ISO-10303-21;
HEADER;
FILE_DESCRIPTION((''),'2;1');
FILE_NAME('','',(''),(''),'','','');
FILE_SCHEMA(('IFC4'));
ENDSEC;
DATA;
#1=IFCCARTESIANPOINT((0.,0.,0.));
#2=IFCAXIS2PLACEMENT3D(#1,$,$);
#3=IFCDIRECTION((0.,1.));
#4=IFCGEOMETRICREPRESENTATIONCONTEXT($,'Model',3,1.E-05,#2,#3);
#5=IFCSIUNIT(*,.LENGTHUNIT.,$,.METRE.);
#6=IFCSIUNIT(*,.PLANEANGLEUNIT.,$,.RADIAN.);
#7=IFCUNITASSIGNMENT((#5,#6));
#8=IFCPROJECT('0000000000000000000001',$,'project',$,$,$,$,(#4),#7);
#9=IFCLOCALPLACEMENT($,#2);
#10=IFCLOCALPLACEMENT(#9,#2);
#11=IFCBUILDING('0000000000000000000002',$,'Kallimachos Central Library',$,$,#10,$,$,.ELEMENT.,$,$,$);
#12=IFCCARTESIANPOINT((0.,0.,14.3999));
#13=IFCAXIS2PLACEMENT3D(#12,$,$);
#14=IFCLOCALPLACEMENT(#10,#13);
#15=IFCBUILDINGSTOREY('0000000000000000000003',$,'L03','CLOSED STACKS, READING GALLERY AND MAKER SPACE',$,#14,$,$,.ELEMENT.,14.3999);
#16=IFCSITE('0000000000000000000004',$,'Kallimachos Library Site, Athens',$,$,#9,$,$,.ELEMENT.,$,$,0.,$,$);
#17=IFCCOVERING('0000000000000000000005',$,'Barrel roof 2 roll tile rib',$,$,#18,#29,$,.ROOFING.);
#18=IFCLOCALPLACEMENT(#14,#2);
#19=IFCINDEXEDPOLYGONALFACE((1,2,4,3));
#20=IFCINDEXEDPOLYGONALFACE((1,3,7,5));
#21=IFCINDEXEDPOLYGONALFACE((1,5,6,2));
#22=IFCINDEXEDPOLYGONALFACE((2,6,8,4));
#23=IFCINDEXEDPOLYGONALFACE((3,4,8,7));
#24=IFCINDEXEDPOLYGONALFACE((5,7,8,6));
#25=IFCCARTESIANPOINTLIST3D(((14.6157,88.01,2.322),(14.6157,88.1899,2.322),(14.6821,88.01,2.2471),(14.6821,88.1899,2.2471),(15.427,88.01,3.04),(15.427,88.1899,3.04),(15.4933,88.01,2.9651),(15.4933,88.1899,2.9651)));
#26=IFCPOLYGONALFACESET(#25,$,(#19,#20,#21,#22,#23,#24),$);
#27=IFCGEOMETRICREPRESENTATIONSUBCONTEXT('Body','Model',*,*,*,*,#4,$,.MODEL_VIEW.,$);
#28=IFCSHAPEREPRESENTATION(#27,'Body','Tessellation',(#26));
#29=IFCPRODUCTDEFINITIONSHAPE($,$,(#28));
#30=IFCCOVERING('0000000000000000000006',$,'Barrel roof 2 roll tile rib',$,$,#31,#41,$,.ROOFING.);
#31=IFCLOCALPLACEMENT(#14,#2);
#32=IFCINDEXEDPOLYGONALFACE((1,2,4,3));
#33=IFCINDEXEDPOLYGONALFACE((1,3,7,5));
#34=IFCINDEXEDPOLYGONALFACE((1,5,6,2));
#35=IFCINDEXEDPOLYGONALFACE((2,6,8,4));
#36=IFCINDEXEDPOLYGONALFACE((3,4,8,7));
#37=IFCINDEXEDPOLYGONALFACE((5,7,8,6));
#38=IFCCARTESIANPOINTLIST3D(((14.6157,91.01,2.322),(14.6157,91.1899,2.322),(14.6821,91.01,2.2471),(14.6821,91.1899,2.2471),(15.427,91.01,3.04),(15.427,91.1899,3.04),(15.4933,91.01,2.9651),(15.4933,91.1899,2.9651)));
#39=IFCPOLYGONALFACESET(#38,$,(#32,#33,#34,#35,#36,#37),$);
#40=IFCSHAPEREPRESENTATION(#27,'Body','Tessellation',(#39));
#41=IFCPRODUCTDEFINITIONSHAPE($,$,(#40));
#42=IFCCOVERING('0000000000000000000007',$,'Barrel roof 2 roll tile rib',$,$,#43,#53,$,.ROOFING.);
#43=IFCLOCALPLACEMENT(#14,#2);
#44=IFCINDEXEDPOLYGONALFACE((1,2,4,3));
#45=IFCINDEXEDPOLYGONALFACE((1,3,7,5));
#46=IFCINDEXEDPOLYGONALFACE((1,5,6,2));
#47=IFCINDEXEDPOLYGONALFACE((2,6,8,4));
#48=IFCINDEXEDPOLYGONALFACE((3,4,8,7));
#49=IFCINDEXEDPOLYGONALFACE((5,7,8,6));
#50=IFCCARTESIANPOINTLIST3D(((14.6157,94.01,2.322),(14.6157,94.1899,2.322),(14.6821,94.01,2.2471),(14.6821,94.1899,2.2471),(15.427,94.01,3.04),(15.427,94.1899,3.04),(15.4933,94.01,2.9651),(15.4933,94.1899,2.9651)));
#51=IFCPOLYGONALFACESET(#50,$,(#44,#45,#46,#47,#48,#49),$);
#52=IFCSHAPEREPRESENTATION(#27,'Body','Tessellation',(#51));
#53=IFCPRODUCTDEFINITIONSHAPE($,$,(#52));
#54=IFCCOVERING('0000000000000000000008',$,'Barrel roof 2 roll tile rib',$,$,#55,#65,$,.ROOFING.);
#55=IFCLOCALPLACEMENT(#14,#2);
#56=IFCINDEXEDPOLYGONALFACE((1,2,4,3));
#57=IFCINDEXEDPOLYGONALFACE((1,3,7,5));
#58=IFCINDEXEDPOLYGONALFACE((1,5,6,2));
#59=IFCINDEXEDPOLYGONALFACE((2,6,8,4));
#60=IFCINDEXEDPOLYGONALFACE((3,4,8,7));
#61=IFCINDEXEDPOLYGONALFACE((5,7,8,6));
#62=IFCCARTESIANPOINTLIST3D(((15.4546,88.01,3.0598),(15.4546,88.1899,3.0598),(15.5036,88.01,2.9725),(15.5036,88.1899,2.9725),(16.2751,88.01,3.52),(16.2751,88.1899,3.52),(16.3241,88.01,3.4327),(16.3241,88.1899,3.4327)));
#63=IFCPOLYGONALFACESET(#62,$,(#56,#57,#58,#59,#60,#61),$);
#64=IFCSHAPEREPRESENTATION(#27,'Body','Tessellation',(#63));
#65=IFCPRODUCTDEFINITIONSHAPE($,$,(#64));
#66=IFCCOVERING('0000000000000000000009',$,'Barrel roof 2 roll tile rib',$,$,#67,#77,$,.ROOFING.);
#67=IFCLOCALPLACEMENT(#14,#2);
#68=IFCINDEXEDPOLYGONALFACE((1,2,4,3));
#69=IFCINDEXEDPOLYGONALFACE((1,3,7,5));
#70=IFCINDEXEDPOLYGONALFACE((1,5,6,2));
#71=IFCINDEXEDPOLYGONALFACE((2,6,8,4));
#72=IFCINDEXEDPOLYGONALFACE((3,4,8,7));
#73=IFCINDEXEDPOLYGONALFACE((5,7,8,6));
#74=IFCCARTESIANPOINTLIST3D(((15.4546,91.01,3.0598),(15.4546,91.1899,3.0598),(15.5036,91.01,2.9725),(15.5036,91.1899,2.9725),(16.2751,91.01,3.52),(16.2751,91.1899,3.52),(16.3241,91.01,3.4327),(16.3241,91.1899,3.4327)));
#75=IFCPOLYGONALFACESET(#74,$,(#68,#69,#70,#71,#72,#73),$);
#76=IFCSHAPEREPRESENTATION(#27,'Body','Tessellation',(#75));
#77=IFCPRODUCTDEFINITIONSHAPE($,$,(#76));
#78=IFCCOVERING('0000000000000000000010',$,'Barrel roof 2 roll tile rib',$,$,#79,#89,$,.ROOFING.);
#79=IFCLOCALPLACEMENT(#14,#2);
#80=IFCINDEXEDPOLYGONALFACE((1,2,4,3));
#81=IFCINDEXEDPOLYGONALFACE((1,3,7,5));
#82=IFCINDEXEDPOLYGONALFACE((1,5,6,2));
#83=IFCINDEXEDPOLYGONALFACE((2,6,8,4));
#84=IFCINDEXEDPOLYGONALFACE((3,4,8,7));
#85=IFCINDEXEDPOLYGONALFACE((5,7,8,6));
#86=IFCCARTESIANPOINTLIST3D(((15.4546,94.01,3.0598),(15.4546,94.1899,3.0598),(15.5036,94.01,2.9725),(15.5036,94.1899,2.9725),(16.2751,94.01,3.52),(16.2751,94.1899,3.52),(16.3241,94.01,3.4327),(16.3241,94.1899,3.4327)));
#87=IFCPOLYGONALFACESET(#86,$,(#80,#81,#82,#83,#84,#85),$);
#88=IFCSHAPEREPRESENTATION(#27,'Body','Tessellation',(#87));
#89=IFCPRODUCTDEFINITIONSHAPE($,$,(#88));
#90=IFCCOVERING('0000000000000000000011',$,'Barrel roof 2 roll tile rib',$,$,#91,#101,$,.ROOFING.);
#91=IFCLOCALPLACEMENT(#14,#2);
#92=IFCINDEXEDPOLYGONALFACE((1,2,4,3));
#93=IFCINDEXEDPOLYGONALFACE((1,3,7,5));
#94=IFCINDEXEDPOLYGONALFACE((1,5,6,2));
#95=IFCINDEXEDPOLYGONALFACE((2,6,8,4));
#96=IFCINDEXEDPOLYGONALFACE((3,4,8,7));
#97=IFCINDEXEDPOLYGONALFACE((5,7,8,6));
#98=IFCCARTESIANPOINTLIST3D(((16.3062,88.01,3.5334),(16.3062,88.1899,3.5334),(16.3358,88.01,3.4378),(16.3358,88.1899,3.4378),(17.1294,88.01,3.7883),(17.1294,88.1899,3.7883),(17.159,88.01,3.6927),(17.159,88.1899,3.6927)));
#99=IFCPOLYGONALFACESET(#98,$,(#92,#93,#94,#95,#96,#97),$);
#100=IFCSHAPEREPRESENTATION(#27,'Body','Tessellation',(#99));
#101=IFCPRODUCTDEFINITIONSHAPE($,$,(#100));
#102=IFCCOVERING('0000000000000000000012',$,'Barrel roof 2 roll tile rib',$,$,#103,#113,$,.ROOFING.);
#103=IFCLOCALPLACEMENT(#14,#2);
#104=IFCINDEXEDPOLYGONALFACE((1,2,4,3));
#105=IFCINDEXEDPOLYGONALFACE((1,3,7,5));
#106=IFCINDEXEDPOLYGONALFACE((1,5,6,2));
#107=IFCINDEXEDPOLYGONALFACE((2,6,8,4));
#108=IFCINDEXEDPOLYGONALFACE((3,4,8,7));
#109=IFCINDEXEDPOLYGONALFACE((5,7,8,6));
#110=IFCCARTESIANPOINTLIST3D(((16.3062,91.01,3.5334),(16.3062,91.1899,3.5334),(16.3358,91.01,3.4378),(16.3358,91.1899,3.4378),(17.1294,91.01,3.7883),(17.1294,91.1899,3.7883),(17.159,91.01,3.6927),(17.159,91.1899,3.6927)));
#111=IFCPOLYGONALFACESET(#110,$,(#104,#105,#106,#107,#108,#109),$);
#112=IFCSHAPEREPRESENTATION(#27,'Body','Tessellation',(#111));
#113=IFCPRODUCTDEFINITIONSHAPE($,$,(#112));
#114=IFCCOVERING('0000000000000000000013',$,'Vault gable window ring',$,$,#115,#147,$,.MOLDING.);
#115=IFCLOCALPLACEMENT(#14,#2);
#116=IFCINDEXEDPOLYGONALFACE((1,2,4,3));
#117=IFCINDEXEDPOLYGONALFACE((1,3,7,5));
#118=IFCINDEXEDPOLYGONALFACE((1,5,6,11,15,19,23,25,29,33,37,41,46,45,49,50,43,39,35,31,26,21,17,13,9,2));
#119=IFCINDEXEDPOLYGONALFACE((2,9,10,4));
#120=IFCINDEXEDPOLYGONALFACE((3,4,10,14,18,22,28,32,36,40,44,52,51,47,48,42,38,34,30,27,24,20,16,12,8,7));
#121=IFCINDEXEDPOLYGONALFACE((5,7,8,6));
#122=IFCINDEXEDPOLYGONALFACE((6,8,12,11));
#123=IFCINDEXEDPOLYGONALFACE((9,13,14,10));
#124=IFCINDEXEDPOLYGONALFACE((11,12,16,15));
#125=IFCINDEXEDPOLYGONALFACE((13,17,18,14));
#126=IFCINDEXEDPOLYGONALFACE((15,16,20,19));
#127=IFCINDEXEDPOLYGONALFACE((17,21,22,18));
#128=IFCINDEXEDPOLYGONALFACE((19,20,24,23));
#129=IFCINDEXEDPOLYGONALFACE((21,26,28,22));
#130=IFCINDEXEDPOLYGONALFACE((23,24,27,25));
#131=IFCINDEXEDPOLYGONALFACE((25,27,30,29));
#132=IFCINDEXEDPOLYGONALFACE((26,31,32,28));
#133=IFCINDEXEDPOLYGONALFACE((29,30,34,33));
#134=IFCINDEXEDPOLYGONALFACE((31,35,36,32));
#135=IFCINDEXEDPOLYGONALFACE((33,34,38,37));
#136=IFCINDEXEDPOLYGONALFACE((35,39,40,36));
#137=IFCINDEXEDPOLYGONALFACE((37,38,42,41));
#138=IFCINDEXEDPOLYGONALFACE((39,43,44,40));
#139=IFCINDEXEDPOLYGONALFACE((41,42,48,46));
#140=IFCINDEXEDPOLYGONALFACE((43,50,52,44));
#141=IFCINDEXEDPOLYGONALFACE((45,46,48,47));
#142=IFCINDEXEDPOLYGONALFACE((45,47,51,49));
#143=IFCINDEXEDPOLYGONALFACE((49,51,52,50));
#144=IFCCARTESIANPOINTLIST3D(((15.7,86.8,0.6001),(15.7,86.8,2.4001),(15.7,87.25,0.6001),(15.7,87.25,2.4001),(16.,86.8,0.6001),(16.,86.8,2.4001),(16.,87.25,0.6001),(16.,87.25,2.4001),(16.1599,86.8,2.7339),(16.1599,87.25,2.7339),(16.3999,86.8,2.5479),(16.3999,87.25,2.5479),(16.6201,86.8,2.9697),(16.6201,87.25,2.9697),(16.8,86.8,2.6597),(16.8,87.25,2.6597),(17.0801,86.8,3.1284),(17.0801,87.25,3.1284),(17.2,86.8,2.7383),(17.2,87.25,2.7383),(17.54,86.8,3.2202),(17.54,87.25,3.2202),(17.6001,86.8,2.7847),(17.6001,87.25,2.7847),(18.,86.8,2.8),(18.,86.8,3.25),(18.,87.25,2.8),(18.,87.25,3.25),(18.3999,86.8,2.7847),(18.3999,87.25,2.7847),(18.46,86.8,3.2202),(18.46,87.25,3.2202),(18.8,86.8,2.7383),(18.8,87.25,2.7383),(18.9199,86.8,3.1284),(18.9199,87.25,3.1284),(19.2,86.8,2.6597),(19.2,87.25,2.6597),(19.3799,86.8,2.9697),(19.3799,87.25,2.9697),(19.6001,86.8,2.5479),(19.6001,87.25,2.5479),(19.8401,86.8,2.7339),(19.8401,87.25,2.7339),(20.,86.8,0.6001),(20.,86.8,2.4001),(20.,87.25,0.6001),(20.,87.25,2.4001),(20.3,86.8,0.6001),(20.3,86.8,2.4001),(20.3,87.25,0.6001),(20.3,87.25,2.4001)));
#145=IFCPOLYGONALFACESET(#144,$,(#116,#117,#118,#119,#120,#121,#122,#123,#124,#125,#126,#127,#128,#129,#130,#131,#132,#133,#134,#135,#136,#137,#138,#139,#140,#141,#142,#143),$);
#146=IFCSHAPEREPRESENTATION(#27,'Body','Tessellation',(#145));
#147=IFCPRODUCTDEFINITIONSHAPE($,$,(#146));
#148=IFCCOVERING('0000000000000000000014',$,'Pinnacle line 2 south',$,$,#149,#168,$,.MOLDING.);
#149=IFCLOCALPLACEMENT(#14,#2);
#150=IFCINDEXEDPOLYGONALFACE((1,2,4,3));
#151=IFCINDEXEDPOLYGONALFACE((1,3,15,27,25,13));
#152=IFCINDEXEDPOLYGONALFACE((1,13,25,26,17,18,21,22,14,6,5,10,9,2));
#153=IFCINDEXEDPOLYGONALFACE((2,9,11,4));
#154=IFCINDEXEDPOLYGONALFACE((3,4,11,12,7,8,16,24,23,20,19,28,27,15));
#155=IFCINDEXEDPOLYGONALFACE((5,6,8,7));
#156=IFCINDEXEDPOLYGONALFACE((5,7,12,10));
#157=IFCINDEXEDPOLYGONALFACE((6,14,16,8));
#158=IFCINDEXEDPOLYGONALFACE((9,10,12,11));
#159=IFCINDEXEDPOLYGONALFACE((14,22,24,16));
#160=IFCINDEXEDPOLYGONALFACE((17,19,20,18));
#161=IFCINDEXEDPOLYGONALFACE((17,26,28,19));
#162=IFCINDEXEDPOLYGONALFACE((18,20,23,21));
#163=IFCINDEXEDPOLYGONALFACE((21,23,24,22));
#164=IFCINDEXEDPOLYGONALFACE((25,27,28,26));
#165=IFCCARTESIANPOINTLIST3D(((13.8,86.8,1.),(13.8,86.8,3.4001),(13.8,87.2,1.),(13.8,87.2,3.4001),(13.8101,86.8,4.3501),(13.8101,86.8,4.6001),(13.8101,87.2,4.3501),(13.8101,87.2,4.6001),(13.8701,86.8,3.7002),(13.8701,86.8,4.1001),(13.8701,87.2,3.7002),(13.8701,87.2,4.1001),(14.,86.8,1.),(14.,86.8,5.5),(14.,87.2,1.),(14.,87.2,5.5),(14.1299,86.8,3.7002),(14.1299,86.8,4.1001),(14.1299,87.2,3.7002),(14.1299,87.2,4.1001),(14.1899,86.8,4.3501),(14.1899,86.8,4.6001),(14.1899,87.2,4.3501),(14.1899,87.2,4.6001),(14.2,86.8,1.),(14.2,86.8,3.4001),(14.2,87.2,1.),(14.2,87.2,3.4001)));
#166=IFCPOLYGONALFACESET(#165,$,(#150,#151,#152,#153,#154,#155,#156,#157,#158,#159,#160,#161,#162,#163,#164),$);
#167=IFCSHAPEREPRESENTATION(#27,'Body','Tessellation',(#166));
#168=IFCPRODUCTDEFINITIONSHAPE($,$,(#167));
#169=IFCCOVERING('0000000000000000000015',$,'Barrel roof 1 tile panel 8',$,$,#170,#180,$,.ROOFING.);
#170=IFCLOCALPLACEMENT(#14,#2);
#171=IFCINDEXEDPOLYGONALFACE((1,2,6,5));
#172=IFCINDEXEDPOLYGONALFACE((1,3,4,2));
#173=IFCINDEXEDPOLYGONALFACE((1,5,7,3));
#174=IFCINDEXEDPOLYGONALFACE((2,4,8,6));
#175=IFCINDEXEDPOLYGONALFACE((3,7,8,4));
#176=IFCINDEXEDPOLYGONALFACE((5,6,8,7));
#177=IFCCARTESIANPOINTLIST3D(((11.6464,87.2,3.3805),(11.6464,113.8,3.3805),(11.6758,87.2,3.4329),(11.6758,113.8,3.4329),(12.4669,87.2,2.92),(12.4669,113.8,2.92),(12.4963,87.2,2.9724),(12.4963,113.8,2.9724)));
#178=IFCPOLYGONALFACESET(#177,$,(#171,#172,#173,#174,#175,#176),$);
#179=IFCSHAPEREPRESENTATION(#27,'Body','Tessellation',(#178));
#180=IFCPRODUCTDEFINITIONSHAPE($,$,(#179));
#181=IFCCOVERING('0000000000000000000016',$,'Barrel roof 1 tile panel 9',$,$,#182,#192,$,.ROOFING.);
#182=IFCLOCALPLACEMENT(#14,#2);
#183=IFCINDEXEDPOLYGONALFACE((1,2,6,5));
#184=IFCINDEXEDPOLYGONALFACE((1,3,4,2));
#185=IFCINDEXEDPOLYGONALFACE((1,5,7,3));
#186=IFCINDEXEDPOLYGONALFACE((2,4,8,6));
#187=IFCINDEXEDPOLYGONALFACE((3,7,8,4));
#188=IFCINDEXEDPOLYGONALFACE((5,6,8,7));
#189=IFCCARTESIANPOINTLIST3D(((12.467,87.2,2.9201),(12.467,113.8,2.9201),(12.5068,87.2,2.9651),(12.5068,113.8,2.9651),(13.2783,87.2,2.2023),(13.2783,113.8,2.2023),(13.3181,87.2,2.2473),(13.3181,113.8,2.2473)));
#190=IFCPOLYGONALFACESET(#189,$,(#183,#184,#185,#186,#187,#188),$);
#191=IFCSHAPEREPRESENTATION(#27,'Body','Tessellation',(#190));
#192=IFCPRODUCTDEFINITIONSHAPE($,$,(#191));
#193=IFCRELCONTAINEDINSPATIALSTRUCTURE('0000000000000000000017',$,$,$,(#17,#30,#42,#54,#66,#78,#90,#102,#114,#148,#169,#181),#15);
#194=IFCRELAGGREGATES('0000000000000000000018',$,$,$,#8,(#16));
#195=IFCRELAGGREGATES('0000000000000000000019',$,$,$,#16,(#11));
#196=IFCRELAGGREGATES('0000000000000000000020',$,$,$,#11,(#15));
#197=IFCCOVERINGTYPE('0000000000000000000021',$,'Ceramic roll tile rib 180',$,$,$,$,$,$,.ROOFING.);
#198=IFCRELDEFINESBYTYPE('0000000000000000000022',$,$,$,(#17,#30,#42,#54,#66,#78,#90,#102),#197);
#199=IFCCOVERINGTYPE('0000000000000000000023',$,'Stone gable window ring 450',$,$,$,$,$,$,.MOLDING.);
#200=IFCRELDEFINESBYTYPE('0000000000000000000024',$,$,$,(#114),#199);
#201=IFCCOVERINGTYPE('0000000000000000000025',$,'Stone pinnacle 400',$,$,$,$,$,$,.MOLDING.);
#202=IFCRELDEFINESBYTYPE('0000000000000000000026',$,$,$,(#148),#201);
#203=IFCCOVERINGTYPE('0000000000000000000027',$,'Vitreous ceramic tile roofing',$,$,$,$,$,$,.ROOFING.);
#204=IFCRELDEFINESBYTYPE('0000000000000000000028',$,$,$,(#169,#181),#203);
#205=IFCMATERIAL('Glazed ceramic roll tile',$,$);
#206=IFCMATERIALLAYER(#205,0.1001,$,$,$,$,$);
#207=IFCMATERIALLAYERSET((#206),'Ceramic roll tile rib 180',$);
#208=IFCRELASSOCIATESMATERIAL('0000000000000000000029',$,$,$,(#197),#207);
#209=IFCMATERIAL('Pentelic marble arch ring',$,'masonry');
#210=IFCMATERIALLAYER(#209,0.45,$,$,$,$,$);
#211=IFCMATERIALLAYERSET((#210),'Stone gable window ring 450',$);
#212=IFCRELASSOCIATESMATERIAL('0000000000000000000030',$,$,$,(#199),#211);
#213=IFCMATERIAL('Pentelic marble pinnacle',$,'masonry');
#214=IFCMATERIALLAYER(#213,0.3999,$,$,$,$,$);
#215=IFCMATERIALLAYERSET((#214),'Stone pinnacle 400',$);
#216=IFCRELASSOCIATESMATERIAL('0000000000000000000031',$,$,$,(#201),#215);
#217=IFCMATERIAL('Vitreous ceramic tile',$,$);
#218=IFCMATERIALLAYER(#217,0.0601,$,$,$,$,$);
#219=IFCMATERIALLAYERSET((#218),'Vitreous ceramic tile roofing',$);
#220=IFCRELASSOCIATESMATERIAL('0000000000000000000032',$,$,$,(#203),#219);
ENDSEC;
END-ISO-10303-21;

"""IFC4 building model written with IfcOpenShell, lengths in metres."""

from ifc_helpers import new_model, si_unit, direction, frame, origin, place, context, subcontext, project, spatial, polyline, outline, extrude, material, layer, layer_set, type_object, element, save


model = new_model("IFC4")

# Units and contexts
model_context = context("Model", 3, precision=1e-05, world=origin(), true_north=direction((0.0, 1.0)))
body_context = subcontext(model_context, "Body", "Model", "MODEL_VIEW")
ifc_project = project(units=[si_unit("LENGTHUNIT", "METRE"), si_unit("PLANEANGLEUNIT", "RADIAN")], contexts=[model_context])

# Site, building, storey
site_placement = place(None, origin())
site = spatial("IfcSite", under=ifc_project, at=site_placement, Name="Kallimachos Library Site, Athens", CompositionType="ELEMENT", RefElevation=0.0)
building_placement = place(site_placement, origin())
building = spatial("IfcBuilding", under=site, at=building_placement, Name="Kallimachos Central Library", CompositionType="ELEMENT")
storey_placement = place(building_placement, frame((0.0, 0.0, 14.3999)))
storey = spatial("IfcBuildingStorey", under=building, at=storey_placement, Name="L03", Description="CLOSED STACKS, READING GALLERY AND MAKER SPACE", CompositionType="ELEMENT", Elevation=14.3999)

# Coverings
ifc_material_1 = material(Name="Glazed ceramic roll tile")
ifc_layer_1 = layer(ifc_material_1, 0.1001)
ifc_layer_set_1 = layer_set([ifc_layer_1], Name="Ceramic roll tile rib 180")
covering_type_1 = type_object("IfcCoveringType", Name="Ceramic roll tile rib 180", PredefinedType="ROOFING", material=ifc_layer_set_1)
for number, where, z_axis, x_axis, name in (
    (1, (14.6157, 88.01, 2.322), (-0.662754, 0.0, 0.748837), (0.748837, 0.0, 0.662754), "Barrel roof 2 roll tile rib"),
    (2, (14.6157, 91.01, 2.322), (-0.662754, 0.0, 0.748837), (0.748837, 0.0, 0.662754), "Barrel roof 2 roll tile rib"),
    (3, (14.6157, 94.01, 2.322), (-0.662754, 0.0, 0.748837), (0.748837, 0.0, 0.662754), "Barrel roof 2 roll tile rib"),
):
    element("IfcCovering", number, at=place(storey_placement, frame(where, z_axis=z_axis, x_axis=x_axis)), inside=storey, type_object=covering_type_1, Name=name, PredefinedType="ROOFING", context=body_context, shape_type="SweptSolid", body=[
        extrude(outline(polyline([(0.0, 0.0), (1.0834, 0.0), (1.0834, 0.1799), (0.0, 0.1799), (0.0, 0.0)])), origin(), (0.0, 0.0, -1.0), 0.1001),
    ])
for number, where, z_axis, x_axis, name in (
    (4, (15.4546, 88.01, 3.0598), (-0.489164, 0.0, 0.872192), (0.872192, 0.0, 0.489164), "Barrel roof 2 roll tile rib"),
    (5, (15.4546, 91.01, 3.0598), (-0.489164, 0.0, 0.872192), (0.872192, 0.0, 0.489164), "Barrel roof 2 roll tile rib"),
    (6, (15.4546, 94.01, 3.0598), (-0.489164, 0.0, 0.872192), (0.872192, 0.0, 0.489164), "Barrel roof 2 roll tile rib"),
):
    element("IfcCovering", number, at=place(storey_placement, frame(where, z_axis=z_axis, x_axis=x_axis)), inside=storey, type_object=covering_type_1, Name=name, PredefinedType="ROOFING", context=body_context, shape_type="SweptSolid", body=[
        extrude(outline(polyline([(0.0, 0.0), (0.9408, 0.0), (0.9408, 0.1799), (0.0, 0.1799), (0.0, 0.0)])), origin(), (0.0, 0.0, -1.0), 0.1001),
    ])
for number, where, z_axis, x_axis, name in (
    (7, (16.3062, 88.01, 3.5334), (-0.295758, 0.0, 0.955263), (0.955263, 0.0, 0.295758), "Barrel roof 2 roll tile rib"),
    (8, (16.3062, 91.01, 3.5334), (-0.295758, 0.0, 0.955263), (0.955263, 0.0, 0.295758), "Barrel roof 2 roll tile rib"),
):
    element("IfcCovering", number, at=place(storey_placement, frame(where, z_axis=z_axis, x_axis=x_axis)), inside=storey, type_object=covering_type_1, Name=name, PredefinedType="ROOFING", context=body_context, shape_type="SweptSolid", body=[
        extrude(outline(polyline([(0.0, 0.0), (0.8618, 0.0), (0.8618, 0.1799), (0.0, 0.1799), (0.0, 0.0)])), origin(), (0.0, 0.0, -1.0), 0.1001),
    ])
ifc_material_2 = material(Name="Pentelic marble arch ring", Category="masonry")
ifc_layer_2 = layer(ifc_material_2, 0.45)
ifc_layer_set_2 = layer_set([ifc_layer_2], Name="Stone gable window ring 450")
covering_type_2 = type_object("IfcCoveringType", Name="Stone gable window ring 450", PredefinedType="MOLDING", material=ifc_layer_set_2)
covering_1_placement = place(storey_placement, frame((16.0, 86.8, 0.6001), z_axis=(0.0, -1.0, 0.0), x_axis=(0.0, 0.0, 1.0)))
element("IfcCovering", 9, at=covering_1_placement, inside=storey, type_object=covering_type_2, Name="Vault gable window ring", PredefinedType="MOLDING", context=body_context, shape_type="SweptSolid", body=[
    extrude(outline(polyline([(0.0, 0.0), (1.8, 0.0), (1.9478, -0.3999), (2.0596, -0.8), (2.1382, -1.2), (2.1846, -1.6001), (2.2, -2.0), (2.1846, -2.3999), (2.1382, -2.8), (2.0596, -3.2), (1.9478, -3.6001), (1.8, -4.0), (0.0, -4.0), (0.0, -4.3), (1.8, -4.3), (2.1338, -3.8401), (2.3696, -3.3799), (2.5283, -2.9199), (2.6201, -2.46), (2.6499, -2.0), (2.6201, -1.54), (2.5283, -1.0801), (2.3696, -0.6201), (2.1338, -0.1599), (1.8, 0.3), (0.0, 0.3), (0.0, 0.0)])), origin(), (0.0, 0.0, -1.0), 0.45),
])
ifc_material_3 = material(Name="Pentelic marble pinnacle", Category="masonry")
ifc_layer_3 = layer(ifc_material_3, 0.3999)
ifc_layer_set_3 = layer_set([ifc_layer_3], Name="Stone pinnacle 400")
covering_type_3 = type_object("IfcCoveringType", Name="Stone pinnacle 400", PredefinedType="MOLDING", material=ifc_layer_set_3)
covering_2_placement = place(storey_placement, frame((14.0, 86.8, 1.0), z_axis=(0.0, -1.0, 0.0), x_axis=(1.0, 0.0, 0.0)))
element("IfcCovering", 10, at=covering_2_placement, inside=storey, type_object=covering_type_3, Name="Pinnacle line 2 south", PredefinedType="MOLDING", context=body_context, shape_type="SweptSolid", body=[
    extrude(outline(polyline([(0.0, 0.0), (0.2, 0.0), (0.2, 2.4001), (0.1299, 2.7002), (0.1299, 3.1001), (0.1899, 3.3501), (0.1899, 3.6001), (0.0, 4.5), (-0.1899, 3.6001), (-0.1899, 3.3501), (-0.1299, 3.1001), (-0.1299, 2.7002), (-0.2, 2.4001), (-0.2, 0.0), (0.0, 0.0)])), origin(), (0.0, 0.0, -1.0), 0.3999),
])
ifc_material_4 = material(Name="Vitreous ceramic tile")
ifc_layer_4 = layer(ifc_material_4, 0.0601)
ifc_layer_set_4 = layer_set([ifc_layer_4], Name="Vitreous ceramic tile roofing")
covering_type_4 = type_object("IfcCoveringType", Name="Vitreous ceramic tile roofing", PredefinedType="ROOFING", material=ifc_layer_set_4)
covering_3_placement = place(storey_placement, frame((11.6758, 87.2, 3.4329), z_axis=(0.489362, 0.0, 0.872081), x_axis=(0.872081, 0.0, -0.489362)))
element("IfcCovering", 11, at=covering_3_placement, inside=storey, type_object=covering_type_4, Name="Barrel roof 1 tile panel 8", PredefinedType="ROOFING", context=body_context, shape_type="SweptSolid", body=[
    extrude(outline(polyline([(0.0, 0.0), (0.9409, 0.0), (0.9409, 26.6001), (0.0, 26.6001), (0.0, 0.0)])), origin(), (0.0, 0.0, -1.0), 0.0601),
])
covering_4_placement = place(storey_placement, frame((12.5068, 87.2, 2.9651), z_axis=(0.662627, 0.0, 0.748949), x_axis=(0.748949, 0.0, -0.662627)))
element("IfcCovering", 12, at=covering_4_placement, inside=storey, type_object=covering_type_4, Name="Barrel roof 1 tile panel 9", PredefinedType="ROOFING", context=body_context, shape_type="SweptSolid", body=[
    extrude(outline(polyline([(0.0, 0.0), (1.0832, 0.0), (1.0832, 26.6001), (0.0, 26.6001), (0.0, 0.0)])), origin(), (0.0, 0.0, -1.0), 0.0601),
])

save(model, "model.ifc")
